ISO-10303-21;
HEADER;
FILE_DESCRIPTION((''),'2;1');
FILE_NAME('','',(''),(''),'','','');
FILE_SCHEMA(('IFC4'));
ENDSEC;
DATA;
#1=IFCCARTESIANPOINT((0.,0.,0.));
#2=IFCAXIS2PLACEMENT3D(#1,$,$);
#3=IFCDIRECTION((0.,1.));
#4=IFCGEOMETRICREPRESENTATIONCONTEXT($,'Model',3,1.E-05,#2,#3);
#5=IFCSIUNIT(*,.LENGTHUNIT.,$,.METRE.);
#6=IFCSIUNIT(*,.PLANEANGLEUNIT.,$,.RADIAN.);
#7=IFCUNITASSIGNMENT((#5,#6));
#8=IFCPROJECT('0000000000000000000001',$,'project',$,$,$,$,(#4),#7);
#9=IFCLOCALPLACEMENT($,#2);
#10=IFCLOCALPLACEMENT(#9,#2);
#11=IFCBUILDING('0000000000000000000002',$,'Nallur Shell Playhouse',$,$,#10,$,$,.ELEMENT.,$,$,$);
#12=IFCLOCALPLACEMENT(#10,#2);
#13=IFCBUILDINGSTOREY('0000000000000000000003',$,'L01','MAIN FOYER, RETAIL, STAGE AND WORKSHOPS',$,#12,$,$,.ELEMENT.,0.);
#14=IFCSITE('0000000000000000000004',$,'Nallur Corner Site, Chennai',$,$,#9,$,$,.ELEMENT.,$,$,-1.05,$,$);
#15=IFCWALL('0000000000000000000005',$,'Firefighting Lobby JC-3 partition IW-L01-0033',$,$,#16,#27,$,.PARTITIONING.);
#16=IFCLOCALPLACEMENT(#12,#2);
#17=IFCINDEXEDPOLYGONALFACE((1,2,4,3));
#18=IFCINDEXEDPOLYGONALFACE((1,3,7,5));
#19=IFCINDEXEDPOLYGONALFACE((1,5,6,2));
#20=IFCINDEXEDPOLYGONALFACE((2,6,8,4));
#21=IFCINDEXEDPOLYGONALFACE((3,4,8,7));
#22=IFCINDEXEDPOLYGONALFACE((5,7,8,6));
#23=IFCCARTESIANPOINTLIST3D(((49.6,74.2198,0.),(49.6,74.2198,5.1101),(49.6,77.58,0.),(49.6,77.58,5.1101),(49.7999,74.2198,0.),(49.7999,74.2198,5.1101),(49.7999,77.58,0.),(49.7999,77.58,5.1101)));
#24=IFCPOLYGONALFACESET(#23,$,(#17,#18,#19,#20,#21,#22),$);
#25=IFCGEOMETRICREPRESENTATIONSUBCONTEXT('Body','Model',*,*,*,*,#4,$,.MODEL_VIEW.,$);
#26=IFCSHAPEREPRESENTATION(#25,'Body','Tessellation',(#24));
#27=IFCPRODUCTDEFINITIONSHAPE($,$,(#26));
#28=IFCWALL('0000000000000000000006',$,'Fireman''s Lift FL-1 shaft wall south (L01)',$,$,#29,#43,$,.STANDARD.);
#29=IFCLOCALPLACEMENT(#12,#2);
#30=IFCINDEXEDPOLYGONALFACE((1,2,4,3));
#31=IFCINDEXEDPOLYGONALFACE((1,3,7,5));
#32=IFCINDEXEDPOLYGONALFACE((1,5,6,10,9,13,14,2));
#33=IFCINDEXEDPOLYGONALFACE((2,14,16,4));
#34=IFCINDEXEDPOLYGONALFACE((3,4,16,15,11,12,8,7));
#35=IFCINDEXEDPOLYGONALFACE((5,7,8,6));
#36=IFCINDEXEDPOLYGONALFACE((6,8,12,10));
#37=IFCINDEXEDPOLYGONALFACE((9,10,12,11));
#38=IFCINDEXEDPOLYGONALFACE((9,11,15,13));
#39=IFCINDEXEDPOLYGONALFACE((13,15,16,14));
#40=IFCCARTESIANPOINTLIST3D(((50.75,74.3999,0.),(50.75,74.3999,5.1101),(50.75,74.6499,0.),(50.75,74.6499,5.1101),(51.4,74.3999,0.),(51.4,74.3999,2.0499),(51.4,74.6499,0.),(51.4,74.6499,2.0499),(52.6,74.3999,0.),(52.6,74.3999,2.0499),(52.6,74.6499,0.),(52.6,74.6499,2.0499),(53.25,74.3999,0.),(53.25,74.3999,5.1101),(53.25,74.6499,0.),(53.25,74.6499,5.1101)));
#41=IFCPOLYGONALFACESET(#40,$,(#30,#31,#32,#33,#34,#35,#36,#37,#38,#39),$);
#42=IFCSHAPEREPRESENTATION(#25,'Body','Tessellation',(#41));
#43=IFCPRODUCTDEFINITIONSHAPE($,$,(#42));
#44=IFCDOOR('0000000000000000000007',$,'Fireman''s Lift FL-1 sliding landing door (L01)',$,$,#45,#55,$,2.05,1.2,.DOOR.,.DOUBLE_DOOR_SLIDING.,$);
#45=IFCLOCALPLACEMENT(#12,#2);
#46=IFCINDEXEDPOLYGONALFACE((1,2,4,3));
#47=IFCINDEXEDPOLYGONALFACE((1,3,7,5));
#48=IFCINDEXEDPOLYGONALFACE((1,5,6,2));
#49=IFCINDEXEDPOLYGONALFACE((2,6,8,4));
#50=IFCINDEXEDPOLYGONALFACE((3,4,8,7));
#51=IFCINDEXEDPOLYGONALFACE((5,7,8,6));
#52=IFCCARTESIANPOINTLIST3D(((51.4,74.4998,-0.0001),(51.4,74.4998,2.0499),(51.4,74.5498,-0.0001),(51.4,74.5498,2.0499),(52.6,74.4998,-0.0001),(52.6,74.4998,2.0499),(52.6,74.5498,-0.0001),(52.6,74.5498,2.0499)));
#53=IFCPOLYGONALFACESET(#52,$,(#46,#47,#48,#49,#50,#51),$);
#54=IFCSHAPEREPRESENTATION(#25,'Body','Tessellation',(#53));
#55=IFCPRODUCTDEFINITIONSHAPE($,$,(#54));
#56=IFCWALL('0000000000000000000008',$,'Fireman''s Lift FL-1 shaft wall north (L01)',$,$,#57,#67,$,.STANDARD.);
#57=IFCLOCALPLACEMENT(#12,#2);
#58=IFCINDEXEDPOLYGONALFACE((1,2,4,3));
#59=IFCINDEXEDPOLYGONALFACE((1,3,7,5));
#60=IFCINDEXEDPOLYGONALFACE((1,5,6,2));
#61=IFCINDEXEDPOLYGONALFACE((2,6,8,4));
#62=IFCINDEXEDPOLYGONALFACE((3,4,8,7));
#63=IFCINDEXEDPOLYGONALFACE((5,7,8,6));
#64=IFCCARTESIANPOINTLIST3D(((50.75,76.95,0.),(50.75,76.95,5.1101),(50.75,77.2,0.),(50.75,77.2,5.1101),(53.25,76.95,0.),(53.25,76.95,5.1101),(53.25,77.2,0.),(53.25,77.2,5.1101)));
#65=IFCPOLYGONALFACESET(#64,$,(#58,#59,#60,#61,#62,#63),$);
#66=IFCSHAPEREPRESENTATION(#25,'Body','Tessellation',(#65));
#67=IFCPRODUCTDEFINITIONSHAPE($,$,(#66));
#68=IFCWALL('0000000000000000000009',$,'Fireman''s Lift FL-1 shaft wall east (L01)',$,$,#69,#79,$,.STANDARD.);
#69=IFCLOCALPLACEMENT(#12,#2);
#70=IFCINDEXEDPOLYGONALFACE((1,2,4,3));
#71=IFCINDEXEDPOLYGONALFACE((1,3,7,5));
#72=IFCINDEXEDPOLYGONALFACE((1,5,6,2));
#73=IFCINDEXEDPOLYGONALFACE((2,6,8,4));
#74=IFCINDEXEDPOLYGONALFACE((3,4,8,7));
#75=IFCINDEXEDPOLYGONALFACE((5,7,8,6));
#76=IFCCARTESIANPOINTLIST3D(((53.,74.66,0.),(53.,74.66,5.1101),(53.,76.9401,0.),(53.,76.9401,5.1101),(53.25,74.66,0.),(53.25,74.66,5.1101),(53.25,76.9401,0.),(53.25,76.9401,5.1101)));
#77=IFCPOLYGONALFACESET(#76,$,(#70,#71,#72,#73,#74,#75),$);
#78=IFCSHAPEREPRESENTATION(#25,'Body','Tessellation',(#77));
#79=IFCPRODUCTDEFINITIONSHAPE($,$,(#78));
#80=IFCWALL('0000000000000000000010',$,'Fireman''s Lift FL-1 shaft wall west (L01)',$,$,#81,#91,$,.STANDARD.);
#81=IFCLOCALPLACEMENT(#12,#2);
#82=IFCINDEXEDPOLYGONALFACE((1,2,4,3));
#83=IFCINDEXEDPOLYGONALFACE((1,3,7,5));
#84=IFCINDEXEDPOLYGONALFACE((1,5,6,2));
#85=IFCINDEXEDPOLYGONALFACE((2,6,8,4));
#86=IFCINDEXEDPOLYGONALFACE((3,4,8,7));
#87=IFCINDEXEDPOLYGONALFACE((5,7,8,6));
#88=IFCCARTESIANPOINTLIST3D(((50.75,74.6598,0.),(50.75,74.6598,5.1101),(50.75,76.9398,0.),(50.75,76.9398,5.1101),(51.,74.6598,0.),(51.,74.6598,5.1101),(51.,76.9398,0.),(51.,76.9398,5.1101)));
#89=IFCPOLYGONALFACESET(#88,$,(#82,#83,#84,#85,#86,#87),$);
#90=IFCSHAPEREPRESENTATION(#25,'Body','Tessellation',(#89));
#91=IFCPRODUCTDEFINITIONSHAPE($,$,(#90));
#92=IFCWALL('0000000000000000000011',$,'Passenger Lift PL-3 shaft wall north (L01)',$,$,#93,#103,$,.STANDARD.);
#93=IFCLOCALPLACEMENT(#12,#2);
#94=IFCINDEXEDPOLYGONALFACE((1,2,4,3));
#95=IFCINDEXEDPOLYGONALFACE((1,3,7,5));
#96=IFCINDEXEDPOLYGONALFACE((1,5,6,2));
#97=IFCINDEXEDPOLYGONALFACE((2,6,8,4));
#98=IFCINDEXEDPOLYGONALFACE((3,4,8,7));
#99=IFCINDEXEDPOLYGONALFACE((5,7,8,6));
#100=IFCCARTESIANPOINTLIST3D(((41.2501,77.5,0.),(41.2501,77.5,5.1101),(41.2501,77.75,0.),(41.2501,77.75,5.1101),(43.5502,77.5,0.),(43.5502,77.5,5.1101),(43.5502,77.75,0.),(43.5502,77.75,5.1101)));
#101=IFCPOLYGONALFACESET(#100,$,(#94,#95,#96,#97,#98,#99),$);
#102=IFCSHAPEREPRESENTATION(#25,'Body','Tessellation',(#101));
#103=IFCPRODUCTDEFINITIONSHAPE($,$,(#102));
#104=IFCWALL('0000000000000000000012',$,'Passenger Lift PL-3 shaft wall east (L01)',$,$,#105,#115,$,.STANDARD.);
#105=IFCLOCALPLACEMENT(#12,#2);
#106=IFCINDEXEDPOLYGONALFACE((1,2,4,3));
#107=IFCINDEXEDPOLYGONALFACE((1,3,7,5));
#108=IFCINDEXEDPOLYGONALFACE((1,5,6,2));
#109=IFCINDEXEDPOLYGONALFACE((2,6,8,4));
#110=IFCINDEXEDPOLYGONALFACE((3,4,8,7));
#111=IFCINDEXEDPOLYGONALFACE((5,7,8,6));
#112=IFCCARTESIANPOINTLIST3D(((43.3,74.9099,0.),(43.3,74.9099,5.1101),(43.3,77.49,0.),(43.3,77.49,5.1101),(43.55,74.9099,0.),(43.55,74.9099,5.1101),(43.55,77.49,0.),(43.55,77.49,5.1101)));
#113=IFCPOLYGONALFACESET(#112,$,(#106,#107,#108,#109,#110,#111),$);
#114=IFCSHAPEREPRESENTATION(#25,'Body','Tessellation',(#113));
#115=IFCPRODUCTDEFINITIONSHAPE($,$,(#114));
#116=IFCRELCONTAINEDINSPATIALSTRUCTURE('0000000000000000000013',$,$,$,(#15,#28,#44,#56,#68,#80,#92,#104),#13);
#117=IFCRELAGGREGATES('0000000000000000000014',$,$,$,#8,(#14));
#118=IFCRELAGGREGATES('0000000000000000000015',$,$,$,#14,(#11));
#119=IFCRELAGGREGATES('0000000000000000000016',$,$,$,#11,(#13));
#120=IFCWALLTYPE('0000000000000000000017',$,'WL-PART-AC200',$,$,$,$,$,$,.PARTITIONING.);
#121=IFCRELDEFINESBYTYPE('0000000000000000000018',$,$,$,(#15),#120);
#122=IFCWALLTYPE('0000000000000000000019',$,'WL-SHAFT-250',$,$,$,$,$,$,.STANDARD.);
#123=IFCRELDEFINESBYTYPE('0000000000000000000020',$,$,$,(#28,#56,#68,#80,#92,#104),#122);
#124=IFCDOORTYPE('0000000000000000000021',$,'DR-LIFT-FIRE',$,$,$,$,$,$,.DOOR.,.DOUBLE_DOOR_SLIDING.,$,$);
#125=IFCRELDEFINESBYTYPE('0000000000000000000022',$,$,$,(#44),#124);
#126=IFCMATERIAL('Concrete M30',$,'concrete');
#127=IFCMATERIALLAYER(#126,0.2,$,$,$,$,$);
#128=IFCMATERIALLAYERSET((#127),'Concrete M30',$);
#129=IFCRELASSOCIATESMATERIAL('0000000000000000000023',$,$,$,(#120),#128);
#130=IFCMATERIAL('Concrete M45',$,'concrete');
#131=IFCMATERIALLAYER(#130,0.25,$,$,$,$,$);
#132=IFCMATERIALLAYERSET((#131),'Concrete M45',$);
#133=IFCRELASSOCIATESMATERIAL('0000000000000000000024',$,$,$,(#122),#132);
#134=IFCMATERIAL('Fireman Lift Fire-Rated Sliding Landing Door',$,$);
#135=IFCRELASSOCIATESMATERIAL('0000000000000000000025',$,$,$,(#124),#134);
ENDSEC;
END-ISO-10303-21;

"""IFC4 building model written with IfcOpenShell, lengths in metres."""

from ifc_helpers import new_model, si_unit, direction, frame, frame_2d, origin, place, context, subcontext, project, spatial, rectangle, extrude, material, layer, layer_set, type_object, element, fill, save


model = new_model("IFC4")

# Units and contexts
model_context = context("Model", 3, precision=1e-05, world=origin(), true_north=direction((0.0, 1.0)))
body_context = subcontext(model_context, "Body", "Model", "MODEL_VIEW")
ifc_project = project(units=[si_unit("LENGTHUNIT", "METRE"), si_unit("PLANEANGLEUNIT", "RADIAN")], contexts=[model_context])

# Site, building, storey
site_placement = place(None, origin())
site = spatial("IfcSite", under=ifc_project, at=site_placement, Name="Nallur Corner Site, Chennai", CompositionType="ELEMENT", RefElevation=-1.05)
building_placement = place(site_placement, origin())
building = spatial("IfcBuilding", under=site, at=building_placement, Name="Nallur Shell Playhouse", CompositionType="ELEMENT")
storey_placement = place(building_placement, origin())
storey = spatial("IfcBuildingStorey", under=building, at=storey_placement, Name="L01", Description="MAIN FOYER, RETAIL, STAGE AND WORKSHOPS", CompositionType="ELEMENT", Elevation=0.0)

# Shared definitions
ifc_material_1 = material(Name="Concrete M45", Category="concrete")

# Wall
ifc_material_2 = material(Name="Concrete M30", Category="concrete")
ifc_layer_1 = layer(ifc_material_2, 0.2)
ifc_layer_set_1 = layer_set([ifc_layer_1], Name="Concrete M30")
wall_type_1 = type_object("IfcWallType", Name="WL-PART-AC200", PredefinedType="PARTITIONING", material=ifc_layer_set_1)
wall_1_placement = place(storey_placement, frame((49.7, 77.5801, 0.0), z_axis=(0.0, 0.0, 1.0), x_axis=(0.0, -1.0, 0.0)))
element("IfcWall", 1, at=wall_1_placement, inside=storey, type_object=wall_type_1, Name="Firefighting Lobby JC-3 partition IW-L01-0033", PredefinedType="PARTITIONING", context=body_context, shape_type="SweptSolid", body=[
    extrude(rectangle(XDim=3.3601, YDim=0.2, at=frame_2d((1.6802, 0.0))), origin(), (0.0, 0.0, 1.0), 5.1101),
])

# Wall, opening, door
ifc_layer_2 = layer(ifc_material_1, 0.25)
ifc_layer_set_2 = layer_set([ifc_layer_2], Name="Concrete M45")
wall_type_2 = type_object("IfcWallType", Name="WL-SHAFT-250", PredefinedType="STANDARD", material=ifc_layer_set_2)
wall_2_placement = place(storey_placement, frame((50.75, 74.5249, 0.0), z_axis=(0.0, 0.0, 1.0), x_axis=(1.0, 0.0, 0.0)))
wall_2 = element("IfcWall", 2, at=wall_2_placement, inside=storey, type_object=wall_type_2, Name="Fireman's Lift FL-1 shaft wall south (L01)", PredefinedType="STANDARD", context=body_context, shape_type="SweptSolid", body=[
    extrude(rectangle(XDim=2.5, YDim=0.25, at=frame_2d((1.25, 0.0))), origin(), (0.0, 0.0, 1.0), 5.1101),
])
opening_1_placement = place(wall_2_placement, frame((0.6499, 0.0, 0.0)))
opening_1 = element("IfcOpeningElement", 3, at=opening_1_placement, cuts=wall_2, PredefinedType="OPENING", context=body_context, shape_type="SweptSolid", body=[
    extrude(rectangle(XDim=1.2, YDim=2.05, at=frame_2d((0.6001, 1.0249))), frame((0.0, 0.135, 0.0), z_axis=(0.0, -1.0, 0.0), x_axis=(1.0, 0.0, 0.0)), (0.0, 0.0, 1.0), 0.27),
])
ifc_material_3 = material(Name="Fireman Lift Fire-Rated Sliding Landing Door")
door_type_1 = type_object("IfcDoorType", Name="DR-LIFT-FIRE", OperationType="DOUBLE_DOOR_SLIDING", PredefinedType="DOOR", material=ifc_material_3)
door_1_placement = place(opening_1_placement, origin())
door_1 = element("IfcDoor", 4, at=door_1_placement, inside=storey, type_object=door_type_1, Name="Fireman's Lift FL-1 sliding landing door (L01)", OperationType="DOUBLE_DOOR_SLIDING", OverallHeight=2.05, OverallWidth=1.2, PredefinedType="DOOR", context=body_context, shape_type="SweptSolid", body=[
    extrude(rectangle(XDim=1.2, YDim=2.05, at=frame_2d((0.6001, 1.0249))), frame((0.0, 0.0249, 0.0), z_axis=(0.0, -1.0, 0.0), x_axis=(1.0, 0.0, 0.0)), (0.0, 0.0, 1.0), 0.05),
])
fill(opening_1, door_1)

# Walls
wall_3_placement = place(storey_placement, frame((53.25, 77.075, 0.0), z_axis=(0.0, 0.0, 1.0), x_axis=(-1.0, 0.0, 0.0)))
element("IfcWall", 5, at=wall_3_placement, inside=storey, type_object=wall_type_2, Name="Fireman's Lift FL-1 shaft wall north (L01)", PredefinedType="STANDARD", context=body_context, shape_type="SweptSolid", body=[
    extrude(rectangle(XDim=2.5, YDim=0.25, at=frame_2d((1.25, 0.0))), origin(), (0.0, 0.0, 1.0), 5.1101),
])
for number, where, z_axis, x_axis, name in (
    (6, (53.125, 74.6599, 0.0), (0.0, 0.0, 1.0), (0.0, 1.0, 0.0), "Fireman's Lift FL-1 shaft wall east (L01)"),
    (7, (50.875, 76.9399, 0.0), (0.0, 0.0, 1.0), (0.0, -1.0, 0.0), "Fireman's Lift FL-1 shaft wall west (L01)"),
):
    element("IfcWall", number, at=place(storey_placement, frame(where, z_axis=z_axis, x_axis=x_axis)), inside=storey, type_object=wall_type_2, Name=name, PredefinedType="STANDARD", context=body_context, shape_type="SweptSolid", body=[
        extrude(rectangle(XDim=2.28, YDim=0.25, at=frame_2d((1.1401, 0.0))), origin(), (0.0, 0.0, 1.0), 5.1101),
    ])
wall_4_placement = place(storey_placement, frame((43.55, 77.625, 0.0), z_axis=(0.0, 0.0, 1.0), x_axis=(-1.0, 0.0, 0.0)))
element("IfcWall", 8, at=wall_4_placement, inside=storey, type_object=wall_type_2, Name="Passenger Lift PL-3 shaft wall north (L01)", PredefinedType="STANDARD", context=body_context, shape_type="SweptSolid", body=[
    extrude(rectangle(XDim=2.3, YDim=0.25, at=frame_2d((1.1499, 0.0))), origin(), (0.0, 0.0, 1.0), 5.1101),
])
wall_5_placement = place(storey_placement, frame((43.425, 74.9099, 0.0), z_axis=(0.0, 0.0, 1.0), x_axis=(0.0, 1.0, 0.0)))
element("IfcWall", 9, at=wall_5_placement, inside=storey, type_object=wall_type_2, Name="Passenger Lift PL-3 shaft wall east (L01)", PredefinedType="STANDARD", context=body_context, shape_type="SweptSolid", body=[
    extrude(rectangle(XDim=2.5801, YDim=0.25, at=frame_2d((1.29, 0.0))), origin(), (0.0, 0.0, 1.0), 5.1101),
])

save(model, "model.ifc")
